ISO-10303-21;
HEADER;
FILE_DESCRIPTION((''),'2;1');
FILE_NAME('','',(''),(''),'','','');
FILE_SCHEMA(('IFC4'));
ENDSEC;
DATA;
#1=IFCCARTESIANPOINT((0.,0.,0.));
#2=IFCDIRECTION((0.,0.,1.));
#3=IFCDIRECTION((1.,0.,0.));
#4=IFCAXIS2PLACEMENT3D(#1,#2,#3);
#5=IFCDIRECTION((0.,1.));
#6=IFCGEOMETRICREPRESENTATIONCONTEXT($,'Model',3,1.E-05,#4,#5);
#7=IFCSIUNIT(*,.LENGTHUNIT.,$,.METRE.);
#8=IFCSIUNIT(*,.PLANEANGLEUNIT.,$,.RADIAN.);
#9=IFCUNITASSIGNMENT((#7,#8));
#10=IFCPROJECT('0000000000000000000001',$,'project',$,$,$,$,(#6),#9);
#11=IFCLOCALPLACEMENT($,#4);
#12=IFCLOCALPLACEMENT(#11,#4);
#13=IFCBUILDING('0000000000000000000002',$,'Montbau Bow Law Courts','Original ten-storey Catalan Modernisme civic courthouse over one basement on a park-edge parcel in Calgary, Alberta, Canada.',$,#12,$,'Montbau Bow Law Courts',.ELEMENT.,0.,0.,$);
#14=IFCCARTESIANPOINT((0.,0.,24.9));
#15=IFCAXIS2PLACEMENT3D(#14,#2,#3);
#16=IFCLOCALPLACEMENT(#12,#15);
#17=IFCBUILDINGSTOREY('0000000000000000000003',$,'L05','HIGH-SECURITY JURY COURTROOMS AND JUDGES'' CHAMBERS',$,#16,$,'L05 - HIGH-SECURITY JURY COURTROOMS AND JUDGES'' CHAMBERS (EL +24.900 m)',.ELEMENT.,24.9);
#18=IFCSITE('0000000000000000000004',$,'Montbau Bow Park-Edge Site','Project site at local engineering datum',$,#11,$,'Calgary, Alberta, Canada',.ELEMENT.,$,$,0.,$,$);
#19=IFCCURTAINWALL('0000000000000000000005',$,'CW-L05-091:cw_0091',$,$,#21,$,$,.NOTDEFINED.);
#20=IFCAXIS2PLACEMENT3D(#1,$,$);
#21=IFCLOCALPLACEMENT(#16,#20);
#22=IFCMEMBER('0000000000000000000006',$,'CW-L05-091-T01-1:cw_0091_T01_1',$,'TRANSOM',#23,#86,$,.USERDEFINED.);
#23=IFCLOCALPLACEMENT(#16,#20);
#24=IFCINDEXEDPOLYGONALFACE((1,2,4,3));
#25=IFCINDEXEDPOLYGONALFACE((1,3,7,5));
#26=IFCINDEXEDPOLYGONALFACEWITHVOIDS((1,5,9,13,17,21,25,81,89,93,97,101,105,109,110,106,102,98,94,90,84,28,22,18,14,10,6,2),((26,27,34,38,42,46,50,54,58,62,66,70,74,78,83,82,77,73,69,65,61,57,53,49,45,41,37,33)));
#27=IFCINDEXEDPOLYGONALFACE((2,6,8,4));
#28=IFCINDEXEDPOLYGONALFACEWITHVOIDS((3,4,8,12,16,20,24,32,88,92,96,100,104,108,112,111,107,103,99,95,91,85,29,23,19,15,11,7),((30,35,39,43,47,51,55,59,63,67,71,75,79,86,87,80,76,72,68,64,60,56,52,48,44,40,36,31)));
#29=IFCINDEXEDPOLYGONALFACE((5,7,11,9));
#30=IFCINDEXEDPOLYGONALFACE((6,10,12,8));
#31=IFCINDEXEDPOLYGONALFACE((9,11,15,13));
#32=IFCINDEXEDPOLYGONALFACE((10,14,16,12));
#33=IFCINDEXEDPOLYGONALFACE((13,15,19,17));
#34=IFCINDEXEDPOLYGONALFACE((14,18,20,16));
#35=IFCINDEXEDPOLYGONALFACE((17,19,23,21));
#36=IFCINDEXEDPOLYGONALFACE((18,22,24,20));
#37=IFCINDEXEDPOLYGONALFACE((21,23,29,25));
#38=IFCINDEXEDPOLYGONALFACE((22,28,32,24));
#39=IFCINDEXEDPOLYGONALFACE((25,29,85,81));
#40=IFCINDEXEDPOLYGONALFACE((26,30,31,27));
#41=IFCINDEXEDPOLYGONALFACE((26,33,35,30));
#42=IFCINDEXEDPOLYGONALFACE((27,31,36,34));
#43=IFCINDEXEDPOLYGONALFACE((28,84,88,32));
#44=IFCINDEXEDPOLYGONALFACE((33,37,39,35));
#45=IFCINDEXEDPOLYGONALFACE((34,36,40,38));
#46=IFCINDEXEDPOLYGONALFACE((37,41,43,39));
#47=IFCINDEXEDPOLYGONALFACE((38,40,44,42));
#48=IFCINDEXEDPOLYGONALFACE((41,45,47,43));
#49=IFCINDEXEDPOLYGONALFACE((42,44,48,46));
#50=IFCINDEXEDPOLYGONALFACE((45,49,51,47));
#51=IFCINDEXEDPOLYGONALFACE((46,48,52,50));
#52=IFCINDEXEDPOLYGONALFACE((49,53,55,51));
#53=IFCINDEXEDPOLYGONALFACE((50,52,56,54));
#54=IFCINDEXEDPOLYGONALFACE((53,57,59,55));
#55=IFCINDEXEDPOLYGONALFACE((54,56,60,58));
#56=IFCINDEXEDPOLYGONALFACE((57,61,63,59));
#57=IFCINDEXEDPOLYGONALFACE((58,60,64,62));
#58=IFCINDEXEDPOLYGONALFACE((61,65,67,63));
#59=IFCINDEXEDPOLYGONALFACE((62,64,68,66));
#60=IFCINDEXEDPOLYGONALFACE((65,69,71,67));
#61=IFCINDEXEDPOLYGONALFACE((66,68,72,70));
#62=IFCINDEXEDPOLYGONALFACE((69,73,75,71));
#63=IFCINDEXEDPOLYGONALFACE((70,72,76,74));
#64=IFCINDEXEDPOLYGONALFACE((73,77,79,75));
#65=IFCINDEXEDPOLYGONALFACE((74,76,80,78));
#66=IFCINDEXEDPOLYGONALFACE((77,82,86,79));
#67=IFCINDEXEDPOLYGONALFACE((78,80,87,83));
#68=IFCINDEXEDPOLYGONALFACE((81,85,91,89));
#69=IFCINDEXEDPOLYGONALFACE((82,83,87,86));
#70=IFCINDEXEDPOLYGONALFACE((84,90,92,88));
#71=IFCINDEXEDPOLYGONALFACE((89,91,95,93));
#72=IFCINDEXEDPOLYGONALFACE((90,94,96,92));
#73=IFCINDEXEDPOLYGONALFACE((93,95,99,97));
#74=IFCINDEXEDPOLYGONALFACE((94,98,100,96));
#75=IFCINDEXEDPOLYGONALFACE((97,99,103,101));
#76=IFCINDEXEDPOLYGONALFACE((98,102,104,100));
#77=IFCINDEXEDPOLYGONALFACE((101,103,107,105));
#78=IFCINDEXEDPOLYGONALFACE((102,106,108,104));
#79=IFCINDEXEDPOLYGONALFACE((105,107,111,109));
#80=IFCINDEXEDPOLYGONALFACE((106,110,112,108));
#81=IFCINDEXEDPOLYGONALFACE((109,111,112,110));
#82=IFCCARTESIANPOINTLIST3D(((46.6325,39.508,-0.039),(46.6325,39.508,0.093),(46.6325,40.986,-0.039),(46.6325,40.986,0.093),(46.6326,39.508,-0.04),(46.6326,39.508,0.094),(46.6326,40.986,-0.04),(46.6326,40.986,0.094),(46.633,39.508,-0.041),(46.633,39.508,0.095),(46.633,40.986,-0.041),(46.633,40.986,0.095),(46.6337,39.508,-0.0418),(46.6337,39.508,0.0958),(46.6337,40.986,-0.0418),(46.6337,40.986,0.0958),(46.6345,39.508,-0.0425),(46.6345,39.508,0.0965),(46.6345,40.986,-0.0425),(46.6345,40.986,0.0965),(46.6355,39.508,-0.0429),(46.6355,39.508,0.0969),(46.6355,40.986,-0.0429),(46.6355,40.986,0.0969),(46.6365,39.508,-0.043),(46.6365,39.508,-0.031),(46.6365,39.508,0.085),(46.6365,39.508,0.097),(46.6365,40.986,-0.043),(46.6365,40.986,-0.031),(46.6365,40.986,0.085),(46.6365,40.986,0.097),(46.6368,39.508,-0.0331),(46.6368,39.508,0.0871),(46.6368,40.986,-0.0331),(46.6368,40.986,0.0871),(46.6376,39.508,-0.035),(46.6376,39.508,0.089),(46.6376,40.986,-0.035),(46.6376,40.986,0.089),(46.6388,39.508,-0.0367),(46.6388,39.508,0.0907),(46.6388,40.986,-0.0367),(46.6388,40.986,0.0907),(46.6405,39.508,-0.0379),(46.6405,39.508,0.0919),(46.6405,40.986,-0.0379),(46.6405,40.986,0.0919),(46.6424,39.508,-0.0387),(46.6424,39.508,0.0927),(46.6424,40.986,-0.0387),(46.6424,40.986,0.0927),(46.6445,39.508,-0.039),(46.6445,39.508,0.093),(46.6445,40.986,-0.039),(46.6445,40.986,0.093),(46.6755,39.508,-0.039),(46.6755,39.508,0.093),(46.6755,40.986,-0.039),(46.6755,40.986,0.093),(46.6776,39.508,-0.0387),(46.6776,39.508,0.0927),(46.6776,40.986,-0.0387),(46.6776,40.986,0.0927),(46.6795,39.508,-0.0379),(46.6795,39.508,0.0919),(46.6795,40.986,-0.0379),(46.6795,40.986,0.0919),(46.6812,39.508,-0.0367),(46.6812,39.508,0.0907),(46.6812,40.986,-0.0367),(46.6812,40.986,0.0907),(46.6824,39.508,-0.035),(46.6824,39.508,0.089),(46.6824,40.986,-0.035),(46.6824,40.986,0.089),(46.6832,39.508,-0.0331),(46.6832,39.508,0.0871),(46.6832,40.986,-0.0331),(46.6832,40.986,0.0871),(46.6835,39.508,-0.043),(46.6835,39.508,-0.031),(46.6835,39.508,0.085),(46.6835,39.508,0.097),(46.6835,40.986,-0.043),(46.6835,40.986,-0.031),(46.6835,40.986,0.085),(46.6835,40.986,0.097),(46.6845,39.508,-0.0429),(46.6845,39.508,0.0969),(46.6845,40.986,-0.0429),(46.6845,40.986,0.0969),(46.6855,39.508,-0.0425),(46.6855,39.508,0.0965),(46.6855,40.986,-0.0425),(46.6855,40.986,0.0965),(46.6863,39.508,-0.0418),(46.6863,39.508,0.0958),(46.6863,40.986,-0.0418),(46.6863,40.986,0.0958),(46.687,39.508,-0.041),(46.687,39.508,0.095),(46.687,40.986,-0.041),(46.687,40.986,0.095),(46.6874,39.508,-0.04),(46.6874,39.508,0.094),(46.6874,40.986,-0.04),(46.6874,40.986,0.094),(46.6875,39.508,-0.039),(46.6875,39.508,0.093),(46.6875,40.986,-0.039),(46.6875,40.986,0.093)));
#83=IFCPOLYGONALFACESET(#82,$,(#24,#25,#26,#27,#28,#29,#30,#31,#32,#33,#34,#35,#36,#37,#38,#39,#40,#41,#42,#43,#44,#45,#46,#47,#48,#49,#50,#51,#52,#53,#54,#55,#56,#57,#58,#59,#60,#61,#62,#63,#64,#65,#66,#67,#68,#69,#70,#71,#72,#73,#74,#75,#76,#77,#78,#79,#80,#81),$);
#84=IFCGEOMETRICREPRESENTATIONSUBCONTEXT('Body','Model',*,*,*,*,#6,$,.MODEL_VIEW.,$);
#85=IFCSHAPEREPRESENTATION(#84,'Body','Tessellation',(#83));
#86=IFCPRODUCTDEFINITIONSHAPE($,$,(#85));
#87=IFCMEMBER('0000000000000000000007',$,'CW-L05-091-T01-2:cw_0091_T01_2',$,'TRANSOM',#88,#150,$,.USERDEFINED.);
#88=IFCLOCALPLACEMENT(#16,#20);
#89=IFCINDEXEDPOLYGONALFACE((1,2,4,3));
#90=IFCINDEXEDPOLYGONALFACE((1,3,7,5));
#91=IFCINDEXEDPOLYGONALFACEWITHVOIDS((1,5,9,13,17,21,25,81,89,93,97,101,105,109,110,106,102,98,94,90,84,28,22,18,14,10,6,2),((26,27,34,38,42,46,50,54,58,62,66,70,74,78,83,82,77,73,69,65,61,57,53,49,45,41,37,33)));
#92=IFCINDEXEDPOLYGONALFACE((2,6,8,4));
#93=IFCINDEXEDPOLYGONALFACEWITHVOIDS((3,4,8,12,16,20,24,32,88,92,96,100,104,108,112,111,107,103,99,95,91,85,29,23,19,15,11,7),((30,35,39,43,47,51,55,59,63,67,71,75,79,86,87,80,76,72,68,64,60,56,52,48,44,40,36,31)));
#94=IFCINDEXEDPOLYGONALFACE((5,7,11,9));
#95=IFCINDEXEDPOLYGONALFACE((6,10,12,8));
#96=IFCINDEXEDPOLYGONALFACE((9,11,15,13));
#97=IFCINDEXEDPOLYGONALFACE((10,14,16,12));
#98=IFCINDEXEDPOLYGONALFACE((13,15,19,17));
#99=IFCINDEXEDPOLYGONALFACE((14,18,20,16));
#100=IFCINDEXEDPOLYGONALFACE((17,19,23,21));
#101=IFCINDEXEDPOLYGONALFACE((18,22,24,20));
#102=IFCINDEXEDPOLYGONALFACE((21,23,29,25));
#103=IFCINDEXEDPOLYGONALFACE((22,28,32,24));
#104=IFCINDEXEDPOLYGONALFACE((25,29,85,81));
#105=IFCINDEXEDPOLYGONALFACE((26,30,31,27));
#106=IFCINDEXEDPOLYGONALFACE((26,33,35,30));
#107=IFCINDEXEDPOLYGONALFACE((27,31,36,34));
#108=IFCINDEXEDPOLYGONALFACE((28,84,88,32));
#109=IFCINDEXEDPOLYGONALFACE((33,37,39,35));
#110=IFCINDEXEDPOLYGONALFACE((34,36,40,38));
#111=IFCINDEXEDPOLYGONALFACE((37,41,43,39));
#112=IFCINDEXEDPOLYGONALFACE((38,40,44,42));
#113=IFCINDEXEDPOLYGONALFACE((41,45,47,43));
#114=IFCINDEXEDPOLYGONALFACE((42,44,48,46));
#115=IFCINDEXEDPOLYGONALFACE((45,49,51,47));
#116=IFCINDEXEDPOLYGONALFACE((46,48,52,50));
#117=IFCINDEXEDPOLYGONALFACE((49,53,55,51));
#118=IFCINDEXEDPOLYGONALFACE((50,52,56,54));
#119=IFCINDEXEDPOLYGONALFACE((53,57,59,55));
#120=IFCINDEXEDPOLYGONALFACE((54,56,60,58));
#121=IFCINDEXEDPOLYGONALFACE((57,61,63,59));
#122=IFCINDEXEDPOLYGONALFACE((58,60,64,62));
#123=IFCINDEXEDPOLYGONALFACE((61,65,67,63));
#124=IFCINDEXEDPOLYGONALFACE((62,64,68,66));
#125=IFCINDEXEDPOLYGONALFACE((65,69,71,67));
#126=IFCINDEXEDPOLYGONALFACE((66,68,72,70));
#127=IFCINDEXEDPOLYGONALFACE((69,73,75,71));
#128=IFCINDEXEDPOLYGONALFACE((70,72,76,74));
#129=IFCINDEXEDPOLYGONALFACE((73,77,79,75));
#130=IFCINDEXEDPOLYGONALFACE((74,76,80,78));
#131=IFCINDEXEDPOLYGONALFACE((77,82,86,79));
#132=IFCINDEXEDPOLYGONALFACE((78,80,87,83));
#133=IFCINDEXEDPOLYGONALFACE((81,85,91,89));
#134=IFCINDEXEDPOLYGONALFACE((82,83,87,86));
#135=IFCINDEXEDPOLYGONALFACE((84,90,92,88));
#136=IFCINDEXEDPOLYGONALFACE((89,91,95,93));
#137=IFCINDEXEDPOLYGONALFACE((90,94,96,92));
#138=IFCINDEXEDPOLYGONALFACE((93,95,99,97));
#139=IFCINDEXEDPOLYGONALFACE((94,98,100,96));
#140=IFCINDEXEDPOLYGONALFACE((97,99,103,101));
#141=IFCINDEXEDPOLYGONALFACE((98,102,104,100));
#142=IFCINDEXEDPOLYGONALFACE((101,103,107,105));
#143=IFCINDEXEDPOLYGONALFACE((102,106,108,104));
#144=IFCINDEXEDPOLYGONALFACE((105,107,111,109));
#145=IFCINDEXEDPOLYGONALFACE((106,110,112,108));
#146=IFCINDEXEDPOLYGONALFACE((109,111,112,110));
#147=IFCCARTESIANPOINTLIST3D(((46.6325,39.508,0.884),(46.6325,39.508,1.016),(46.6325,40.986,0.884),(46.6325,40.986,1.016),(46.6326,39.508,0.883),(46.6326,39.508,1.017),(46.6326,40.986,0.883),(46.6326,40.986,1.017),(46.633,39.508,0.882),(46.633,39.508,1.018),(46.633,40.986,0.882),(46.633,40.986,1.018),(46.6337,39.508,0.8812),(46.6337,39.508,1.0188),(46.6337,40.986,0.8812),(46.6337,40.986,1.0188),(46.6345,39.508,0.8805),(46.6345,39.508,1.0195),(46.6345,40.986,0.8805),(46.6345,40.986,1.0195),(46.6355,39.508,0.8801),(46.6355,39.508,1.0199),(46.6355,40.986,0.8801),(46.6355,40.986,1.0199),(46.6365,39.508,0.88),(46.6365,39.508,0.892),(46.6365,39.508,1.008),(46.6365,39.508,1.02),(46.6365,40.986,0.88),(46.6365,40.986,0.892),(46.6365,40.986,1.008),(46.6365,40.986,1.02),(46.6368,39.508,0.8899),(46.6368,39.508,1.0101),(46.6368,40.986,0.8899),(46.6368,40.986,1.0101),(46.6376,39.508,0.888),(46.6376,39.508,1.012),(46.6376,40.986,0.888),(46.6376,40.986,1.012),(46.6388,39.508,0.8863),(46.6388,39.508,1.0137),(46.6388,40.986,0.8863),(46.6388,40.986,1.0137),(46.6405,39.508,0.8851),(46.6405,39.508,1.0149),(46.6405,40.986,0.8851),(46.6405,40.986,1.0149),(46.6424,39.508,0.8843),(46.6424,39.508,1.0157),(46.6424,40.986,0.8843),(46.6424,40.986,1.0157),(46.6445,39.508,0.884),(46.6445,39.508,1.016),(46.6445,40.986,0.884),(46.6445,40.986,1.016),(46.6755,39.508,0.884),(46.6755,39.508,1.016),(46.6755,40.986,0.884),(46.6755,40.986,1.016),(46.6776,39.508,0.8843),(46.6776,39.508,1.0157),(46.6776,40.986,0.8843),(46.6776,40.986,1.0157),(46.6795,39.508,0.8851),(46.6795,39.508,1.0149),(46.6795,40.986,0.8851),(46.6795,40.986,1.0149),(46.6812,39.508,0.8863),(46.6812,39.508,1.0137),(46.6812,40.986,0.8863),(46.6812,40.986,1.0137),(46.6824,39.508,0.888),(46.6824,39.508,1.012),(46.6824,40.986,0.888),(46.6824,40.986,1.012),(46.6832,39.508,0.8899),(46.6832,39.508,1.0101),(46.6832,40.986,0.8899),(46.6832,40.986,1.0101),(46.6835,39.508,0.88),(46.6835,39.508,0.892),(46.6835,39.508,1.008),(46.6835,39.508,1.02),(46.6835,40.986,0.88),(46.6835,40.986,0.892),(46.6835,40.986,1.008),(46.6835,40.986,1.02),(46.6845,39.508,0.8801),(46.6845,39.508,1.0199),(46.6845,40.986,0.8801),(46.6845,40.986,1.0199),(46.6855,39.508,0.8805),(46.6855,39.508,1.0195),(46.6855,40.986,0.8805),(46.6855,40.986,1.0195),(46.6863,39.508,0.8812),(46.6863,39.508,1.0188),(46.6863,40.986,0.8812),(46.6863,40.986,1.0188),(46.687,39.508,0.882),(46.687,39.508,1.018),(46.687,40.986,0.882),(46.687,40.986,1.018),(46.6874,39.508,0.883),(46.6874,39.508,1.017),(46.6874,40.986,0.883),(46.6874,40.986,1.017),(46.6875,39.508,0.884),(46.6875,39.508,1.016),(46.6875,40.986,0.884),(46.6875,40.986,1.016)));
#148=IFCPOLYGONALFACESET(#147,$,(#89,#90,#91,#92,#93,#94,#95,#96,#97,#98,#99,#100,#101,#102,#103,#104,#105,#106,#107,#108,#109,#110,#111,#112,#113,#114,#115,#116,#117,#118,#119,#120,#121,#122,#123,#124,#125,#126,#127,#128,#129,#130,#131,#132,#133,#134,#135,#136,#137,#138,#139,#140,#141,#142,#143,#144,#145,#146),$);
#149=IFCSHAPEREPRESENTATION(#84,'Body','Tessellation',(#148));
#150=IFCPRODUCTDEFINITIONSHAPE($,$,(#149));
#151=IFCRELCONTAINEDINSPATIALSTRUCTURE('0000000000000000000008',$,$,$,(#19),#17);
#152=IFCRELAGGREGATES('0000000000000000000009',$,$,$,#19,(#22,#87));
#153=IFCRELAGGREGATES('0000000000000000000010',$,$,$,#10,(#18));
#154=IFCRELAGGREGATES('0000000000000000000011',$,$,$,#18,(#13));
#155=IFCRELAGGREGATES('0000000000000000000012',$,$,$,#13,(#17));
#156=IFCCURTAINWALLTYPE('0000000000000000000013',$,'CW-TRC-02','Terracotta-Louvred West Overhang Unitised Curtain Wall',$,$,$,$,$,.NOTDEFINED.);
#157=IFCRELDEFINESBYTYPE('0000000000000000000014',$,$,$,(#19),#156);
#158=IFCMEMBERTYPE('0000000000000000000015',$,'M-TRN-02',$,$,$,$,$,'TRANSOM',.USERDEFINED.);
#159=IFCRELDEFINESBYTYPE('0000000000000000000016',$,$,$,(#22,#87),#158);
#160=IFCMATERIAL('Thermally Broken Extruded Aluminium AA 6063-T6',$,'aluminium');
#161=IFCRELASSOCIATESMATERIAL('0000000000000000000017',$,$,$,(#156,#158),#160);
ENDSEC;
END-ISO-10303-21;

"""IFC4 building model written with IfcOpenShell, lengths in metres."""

from ifc_helpers import new_model, si_unit, direction, frame, origin_with_axes, origin_2d_with_axis, place, context, subcontext, project, spatial, hollow_rectangle, extrude, material, material_profile, profile_set, type_object, element, aggregate, save


model = new_model("IFC4")

# Units and contexts
model_context = context("Model", 3, precision=1e-05, world=origin_with_axes(), true_north=direction((0.0, 1.0)))
body_context = subcontext(model_context, "Body", "Model", "MODEL_VIEW")
ifc_project = project(units=[si_unit("LENGTHUNIT", "METRE"), si_unit("PLANEANGLEUNIT", "RADIAN")], contexts=[model_context])

# Site, building, storey
site_placement = place(None, origin_with_axes())
site = spatial("IfcSite", under=ifc_project, at=site_placement, Name="Montbau Bow Park-Edge Site", Description="Project site at local engineering datum", LongName="Calgary, Alberta, Canada", CompositionType="ELEMENT", RefElevation=0.0)
building_placement = place(site_placement, origin_with_axes())
building = spatial("IfcBuilding", under=site, at=building_placement, Name="Montbau Bow Law Courts", Description="Original ten-storey Catalan Modernisme civic courthouse over one basement on a park-edge parcel in Calgary, Alberta, Canada.", LongName="Montbau Bow Law Courts", CompositionType="ELEMENT", ElevationOfRefHeight=0.0, ElevationOfTerrain=0.0)
storey_placement = place(building_placement, frame((0.0, 0.0, 24.9), z_axis=(0.0, 0.0, 1.0), x_axis=(1.0, 0.0, 0.0)))
storey = spatial("IfcBuildingStorey", under=building, at=storey_placement, Name="L05", Description="HIGH-SECURITY JURY COURTROOMS AND JUDGES' CHAMBERS", LongName="L05 - HIGH-SECURITY JURY COURTROOMS AND JUDGES' CHAMBERS (EL +24.900 m)", CompositionType="ELEMENT", Elevation=24.9)

# Shared definitions
ifc_material_1 = material(Name="Thermally Broken Extruded Aluminium AA 6063-T6", Category="aluminium")
curtain_wall_type = type_object("IfcCurtainWallType", Name="CW-TRC-02", Description="Terracotta-Louvred West Overhang Unitised Curtain Wall", PredefinedType="NOTDEFINED", material=ifc_material_1)

# Curtain wall
curtain_wall_1_placement = place(None, frame((46.66, 39.44, 24.9), z_axis=(0.0, 0.0, 1.0), x_axis=(1.0, 0.0, 0.0)))
curtain_wall_1 = element("IfcCurtainWall", 1, at=curtain_wall_1_placement, inside=storey, type_object=curtain_wall_type, Name="CW-L05-091:cw_0091", PredefinedType="NOTDEFINED")

# Members
ifc_material_profile_1 = material_profile(ifc_material_1, hollow_rectangle(XDim=0.055, YDim=0.14, WallThickness=0.004, InnerFilletRadius=0.008, OuterFilletRadius=0.004, at=origin_2d_with_axis()), Name="CWT-140X55", Category="Main", Priority=0)
ifc_profile_set_1 = profile_set([ifc_material_profile_1], Name="Thermally Broken Extruded Aluminium AA 6063-T6")
member_type_1 = type_object("IfcMemberType", Name="M-TRN-02", ElementType="TRANSOM", PredefinedType="USERDEFINED", material=ifc_profile_set_1)
member_1_placement = place(None, frame((46.66, 39.508, 24.927), z_axis=(0.0, 1.0, 0.0), x_axis=(-1.0, 0.0, 0.0)))
member_1 = element("IfcMember", 2, at=member_1_placement, type_object=member_type_1, Name="CW-L05-091-T01-1:cw_0091_T01_1", ObjectType="TRANSOM", PredefinedType="USERDEFINED", context=body_context, shape_type="SweptSolid", body=[
    extrude(hollow_rectangle(XDim=0.055, YDim=0.14, WallThickness=0.004, InnerFilletRadius=0.008, OuterFilletRadius=0.004, at=origin_2d_with_axis()), origin_with_axes(), (0.0, 0.0, 1.0), 1.478),
])
member_2_placement = place(None, frame((46.66, 39.508, 25.85), z_axis=(0.0, 1.0, 0.0), x_axis=(-1.0, 0.0, 0.0)))
member_2 = element("IfcMember", 3, at=member_2_placement, type_object=member_type_1, Name="CW-L05-091-T01-2:cw_0091_T01_2", ObjectType="TRANSOM", PredefinedType="USERDEFINED", context=body_context, shape_type="SweptSolid", body=[
    extrude(hollow_rectangle(XDim=0.055, YDim=0.14, WallThickness=0.004, InnerFilletRadius=0.008, OuterFilletRadius=0.004, at=origin_2d_with_axis()), origin_with_axes(), (0.0, 0.0, 1.0), 1.478),
])

aggregate(curtain_wall_1, [member_1, member_2])

save(model, "model.ifc")
